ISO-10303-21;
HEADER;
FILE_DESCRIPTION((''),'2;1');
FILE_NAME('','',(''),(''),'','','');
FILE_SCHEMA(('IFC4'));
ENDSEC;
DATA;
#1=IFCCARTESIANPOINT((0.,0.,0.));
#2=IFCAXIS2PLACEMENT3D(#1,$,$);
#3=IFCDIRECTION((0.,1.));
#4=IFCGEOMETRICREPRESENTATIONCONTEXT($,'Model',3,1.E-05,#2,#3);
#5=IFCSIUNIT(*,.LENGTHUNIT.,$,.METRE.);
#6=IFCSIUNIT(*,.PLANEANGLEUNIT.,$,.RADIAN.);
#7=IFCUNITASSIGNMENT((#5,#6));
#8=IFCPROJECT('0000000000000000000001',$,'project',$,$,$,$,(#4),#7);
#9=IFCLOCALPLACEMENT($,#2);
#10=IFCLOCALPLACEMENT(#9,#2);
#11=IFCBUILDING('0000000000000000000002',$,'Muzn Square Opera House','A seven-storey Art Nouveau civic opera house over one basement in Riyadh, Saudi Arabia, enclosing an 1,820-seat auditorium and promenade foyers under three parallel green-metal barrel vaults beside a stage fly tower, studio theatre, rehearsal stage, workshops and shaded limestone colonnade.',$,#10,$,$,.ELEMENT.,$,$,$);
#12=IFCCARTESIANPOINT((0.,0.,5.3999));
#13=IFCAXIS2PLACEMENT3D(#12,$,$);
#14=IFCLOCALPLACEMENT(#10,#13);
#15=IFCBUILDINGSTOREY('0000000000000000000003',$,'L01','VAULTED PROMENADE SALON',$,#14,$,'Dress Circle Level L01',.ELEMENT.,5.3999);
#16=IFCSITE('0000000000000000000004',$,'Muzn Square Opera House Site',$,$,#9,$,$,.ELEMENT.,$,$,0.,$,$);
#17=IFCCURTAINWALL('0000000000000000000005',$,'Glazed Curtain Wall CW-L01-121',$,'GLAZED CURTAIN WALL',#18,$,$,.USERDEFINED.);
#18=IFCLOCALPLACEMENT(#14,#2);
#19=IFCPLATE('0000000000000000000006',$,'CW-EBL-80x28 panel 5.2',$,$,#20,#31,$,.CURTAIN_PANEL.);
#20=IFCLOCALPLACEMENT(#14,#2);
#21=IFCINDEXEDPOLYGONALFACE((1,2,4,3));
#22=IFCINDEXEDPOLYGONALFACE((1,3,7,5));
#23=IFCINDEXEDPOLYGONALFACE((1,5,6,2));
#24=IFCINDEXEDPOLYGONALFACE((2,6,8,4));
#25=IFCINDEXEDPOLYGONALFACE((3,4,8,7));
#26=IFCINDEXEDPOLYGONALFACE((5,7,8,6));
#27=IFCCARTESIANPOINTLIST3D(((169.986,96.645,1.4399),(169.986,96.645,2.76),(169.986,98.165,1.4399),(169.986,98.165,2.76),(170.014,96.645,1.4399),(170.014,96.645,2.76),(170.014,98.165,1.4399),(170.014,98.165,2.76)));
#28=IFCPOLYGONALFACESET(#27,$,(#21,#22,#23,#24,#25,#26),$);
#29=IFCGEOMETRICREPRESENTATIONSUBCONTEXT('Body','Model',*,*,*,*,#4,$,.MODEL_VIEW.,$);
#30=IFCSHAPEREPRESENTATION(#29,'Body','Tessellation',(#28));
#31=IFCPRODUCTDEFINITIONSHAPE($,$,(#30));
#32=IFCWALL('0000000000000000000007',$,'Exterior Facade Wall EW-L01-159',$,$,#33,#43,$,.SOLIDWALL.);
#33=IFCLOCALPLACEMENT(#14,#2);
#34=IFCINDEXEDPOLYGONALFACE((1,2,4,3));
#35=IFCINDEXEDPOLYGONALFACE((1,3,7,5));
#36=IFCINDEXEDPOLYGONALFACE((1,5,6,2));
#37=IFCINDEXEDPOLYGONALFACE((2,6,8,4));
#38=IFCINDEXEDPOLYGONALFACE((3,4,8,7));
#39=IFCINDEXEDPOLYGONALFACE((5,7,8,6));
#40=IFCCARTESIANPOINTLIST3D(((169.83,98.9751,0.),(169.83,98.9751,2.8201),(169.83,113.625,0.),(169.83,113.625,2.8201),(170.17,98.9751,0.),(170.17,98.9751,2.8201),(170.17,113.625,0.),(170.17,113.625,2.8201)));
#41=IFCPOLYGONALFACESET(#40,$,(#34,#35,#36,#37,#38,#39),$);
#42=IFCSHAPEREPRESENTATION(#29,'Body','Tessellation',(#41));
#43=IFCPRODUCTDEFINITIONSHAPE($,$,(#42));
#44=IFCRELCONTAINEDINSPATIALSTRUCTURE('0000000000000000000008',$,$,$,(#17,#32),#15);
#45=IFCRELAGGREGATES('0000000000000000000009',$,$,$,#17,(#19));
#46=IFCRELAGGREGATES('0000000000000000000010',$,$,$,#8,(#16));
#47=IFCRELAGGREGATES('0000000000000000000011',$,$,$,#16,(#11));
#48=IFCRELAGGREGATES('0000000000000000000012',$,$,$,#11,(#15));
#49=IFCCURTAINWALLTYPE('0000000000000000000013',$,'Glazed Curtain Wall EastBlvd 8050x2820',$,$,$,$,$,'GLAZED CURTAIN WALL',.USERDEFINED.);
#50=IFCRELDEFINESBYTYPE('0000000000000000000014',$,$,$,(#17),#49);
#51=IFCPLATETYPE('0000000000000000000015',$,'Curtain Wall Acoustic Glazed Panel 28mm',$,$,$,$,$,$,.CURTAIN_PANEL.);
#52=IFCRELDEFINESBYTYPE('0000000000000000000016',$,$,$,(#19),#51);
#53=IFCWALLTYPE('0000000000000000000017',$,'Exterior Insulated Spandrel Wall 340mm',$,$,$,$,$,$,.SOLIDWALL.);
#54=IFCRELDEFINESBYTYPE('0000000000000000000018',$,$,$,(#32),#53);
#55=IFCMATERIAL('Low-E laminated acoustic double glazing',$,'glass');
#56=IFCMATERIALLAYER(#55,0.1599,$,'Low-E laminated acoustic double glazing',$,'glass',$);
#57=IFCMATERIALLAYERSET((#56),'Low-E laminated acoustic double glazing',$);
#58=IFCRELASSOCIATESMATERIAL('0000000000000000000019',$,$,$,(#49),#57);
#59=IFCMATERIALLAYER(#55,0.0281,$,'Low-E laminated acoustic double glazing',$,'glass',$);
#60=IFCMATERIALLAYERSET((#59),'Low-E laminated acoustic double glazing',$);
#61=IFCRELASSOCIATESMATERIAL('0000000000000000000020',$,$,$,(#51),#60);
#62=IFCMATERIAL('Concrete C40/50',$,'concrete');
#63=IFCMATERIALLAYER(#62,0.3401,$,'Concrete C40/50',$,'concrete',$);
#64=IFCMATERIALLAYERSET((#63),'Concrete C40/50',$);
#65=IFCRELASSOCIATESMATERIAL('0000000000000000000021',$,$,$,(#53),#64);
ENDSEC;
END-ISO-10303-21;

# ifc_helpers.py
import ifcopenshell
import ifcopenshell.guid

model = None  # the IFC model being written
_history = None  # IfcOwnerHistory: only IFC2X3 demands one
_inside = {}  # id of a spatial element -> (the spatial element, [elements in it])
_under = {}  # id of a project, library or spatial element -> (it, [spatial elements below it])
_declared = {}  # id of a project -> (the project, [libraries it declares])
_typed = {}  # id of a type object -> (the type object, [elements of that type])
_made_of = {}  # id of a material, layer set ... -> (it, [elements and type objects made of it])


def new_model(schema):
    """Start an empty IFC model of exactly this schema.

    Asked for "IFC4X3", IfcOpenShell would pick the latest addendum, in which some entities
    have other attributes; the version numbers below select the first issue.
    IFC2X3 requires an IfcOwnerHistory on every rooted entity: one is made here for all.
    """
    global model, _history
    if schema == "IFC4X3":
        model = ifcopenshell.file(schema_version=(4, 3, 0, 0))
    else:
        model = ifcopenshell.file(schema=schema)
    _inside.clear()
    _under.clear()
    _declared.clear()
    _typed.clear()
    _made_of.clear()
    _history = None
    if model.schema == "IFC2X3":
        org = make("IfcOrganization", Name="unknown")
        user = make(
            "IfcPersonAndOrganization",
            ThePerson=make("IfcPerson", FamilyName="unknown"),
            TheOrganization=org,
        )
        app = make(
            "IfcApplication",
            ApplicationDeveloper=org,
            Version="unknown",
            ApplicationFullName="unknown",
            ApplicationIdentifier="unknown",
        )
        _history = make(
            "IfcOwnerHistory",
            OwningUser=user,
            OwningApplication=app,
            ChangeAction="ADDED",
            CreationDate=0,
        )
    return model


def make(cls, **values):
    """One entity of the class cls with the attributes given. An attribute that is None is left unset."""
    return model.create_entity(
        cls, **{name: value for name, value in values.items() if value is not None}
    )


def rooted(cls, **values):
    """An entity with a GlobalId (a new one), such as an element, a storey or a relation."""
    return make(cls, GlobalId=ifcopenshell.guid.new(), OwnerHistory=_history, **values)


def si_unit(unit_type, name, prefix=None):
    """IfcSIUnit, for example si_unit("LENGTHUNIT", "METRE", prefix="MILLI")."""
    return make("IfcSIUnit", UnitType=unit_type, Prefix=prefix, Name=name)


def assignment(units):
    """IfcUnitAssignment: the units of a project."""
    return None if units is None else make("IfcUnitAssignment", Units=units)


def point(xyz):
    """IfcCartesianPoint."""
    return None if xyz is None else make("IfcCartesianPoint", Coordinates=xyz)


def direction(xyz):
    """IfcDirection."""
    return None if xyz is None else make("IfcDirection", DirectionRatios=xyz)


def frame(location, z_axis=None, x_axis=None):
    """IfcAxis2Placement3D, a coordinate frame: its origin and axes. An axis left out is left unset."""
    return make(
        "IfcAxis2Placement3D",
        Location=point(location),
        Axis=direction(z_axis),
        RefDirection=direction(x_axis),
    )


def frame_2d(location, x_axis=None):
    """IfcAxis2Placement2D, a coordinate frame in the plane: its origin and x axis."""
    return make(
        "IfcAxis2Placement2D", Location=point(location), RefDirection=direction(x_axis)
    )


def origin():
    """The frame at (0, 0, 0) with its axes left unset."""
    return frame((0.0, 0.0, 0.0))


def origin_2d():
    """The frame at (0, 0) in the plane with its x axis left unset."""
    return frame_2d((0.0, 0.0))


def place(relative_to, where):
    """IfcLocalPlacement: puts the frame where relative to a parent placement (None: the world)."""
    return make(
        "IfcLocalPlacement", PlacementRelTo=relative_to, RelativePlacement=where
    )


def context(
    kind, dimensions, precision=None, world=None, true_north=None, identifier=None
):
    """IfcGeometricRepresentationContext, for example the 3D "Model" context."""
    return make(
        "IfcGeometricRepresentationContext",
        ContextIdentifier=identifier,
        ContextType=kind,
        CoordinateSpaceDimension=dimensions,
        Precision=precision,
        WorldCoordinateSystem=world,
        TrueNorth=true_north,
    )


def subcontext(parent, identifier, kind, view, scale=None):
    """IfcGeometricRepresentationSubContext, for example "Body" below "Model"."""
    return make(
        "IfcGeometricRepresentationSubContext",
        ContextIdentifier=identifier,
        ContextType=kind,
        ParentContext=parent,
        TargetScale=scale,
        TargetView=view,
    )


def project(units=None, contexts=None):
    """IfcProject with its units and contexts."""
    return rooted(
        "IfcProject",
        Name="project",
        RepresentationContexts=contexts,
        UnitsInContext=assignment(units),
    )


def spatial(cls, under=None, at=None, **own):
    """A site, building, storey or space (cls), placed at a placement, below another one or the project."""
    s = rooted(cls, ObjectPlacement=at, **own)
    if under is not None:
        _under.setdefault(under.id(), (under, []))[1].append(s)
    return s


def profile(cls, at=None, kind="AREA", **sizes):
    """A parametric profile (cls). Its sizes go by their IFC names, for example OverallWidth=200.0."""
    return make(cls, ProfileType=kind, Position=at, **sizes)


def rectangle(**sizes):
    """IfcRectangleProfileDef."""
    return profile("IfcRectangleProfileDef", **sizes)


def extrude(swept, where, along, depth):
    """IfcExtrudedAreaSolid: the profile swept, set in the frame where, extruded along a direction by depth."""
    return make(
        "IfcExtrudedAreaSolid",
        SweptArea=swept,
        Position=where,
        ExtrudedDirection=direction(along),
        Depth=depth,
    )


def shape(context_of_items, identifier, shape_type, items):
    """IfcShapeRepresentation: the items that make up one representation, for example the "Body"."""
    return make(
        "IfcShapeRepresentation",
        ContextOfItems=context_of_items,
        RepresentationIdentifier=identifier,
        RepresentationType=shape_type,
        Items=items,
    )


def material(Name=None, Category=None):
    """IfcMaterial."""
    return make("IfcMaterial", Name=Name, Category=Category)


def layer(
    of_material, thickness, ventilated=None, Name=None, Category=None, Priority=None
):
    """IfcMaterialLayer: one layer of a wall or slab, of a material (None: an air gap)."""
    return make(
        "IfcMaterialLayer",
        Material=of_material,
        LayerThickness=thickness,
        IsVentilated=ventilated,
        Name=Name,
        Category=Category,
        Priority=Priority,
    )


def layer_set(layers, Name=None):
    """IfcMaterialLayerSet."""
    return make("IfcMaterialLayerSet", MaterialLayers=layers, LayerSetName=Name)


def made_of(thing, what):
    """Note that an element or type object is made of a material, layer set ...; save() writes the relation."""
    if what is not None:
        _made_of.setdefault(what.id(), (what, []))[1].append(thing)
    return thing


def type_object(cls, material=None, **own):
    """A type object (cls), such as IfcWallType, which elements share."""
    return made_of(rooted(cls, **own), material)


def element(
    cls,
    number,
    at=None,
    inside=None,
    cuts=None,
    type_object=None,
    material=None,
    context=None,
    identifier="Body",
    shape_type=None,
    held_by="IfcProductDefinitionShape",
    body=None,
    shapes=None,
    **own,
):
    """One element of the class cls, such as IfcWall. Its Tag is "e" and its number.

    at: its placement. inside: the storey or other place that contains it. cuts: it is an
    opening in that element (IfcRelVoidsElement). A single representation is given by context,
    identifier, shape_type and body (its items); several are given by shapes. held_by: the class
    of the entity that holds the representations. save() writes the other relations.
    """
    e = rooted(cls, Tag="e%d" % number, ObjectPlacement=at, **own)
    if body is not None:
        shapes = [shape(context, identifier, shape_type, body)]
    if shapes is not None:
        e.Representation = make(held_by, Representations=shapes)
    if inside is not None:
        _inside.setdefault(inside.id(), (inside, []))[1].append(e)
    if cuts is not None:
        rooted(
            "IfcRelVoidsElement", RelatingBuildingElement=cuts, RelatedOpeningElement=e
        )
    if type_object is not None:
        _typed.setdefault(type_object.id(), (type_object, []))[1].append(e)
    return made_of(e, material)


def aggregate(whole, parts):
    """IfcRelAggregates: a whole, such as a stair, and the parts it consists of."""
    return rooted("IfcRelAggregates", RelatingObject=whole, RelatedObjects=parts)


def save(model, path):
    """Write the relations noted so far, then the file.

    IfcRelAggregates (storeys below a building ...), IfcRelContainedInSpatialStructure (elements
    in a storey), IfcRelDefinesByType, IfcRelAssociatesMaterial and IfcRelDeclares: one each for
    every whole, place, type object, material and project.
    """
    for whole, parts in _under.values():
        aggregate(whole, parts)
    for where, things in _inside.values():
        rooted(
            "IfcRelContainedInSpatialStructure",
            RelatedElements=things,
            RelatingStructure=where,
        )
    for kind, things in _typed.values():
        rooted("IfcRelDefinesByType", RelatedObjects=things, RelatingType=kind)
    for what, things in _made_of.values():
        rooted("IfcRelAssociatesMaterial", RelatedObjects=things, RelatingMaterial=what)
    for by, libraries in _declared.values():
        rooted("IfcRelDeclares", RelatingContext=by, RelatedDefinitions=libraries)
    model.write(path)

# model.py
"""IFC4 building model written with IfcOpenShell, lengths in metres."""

from ifc_helpers import new_model, si_unit, direction, frame, frame_2d, origin, origin_2d, place, context, subcontext, project, spatial, rectangle, extrude, material, layer, layer_set, type_object, element, aggregate, save


model = new_model("IFC4")

# Units and contexts
model_context = context("Model", 3, precision=1e-05, world=origin(), true_north=direction((0.0, 1.0)))
body_context = subcontext(model_context, "Body", "Model", "MODEL_VIEW")
ifc_project = project(units=[si_unit("LENGTHUNIT", "METRE"), si_unit("PLANEANGLEUNIT", "RADIAN")], contexts=[model_context])

# Site, building, storey
site_placement = place(None, origin())
site = spatial("IfcSite", under=ifc_project, at=site_placement, Name="Muzn Square Opera House Site", CompositionType="ELEMENT", RefElevation=0.0)
building_placement = place(site_placement, origin())
building = spatial("IfcBuilding", under=site, at=building_placement, Name="Muzn Square Opera House", Description="A seven-storey Art Nouveau civic opera house over one basement in Riyadh, Saudi Arabia, enclosing an 1,820-seat auditorium and promenade foyers under three parallel green-metal barrel vaults beside a stage fly tower, studio theatre, rehearsal stage, workshops and shaded limestone colonnade.", CompositionType="ELEMENT")
storey_placement = place(building_placement, frame((0.0, 0.0, 5.3999)))
storey = spatial("IfcBuildingStorey", under=building, at=storey_placement, Name="L01", Description="VAULTED PROMENADE SALON", LongName="Dress Circle Level L01", CompositionType="ELEMENT", Elevation=5.3999)

# Curtain wall
ifc_material_1 = material(Name="Low-E laminated acoustic double glazing", Category="glass")
ifc_layer_1 = layer(ifc_material_1, 0.1599, Name="Low-E laminated acoustic double glazing", Category="glass")
ifc_layer_set_1 = layer_set([ifc_layer_1], Name="Low-E laminated acoustic double glazing")
curtain_wall_type = type_object("IfcCurtainWallType", Name="Glazed Curtain Wall EastBlvd 8050x2820", ElementType="GLAZED CURTAIN WALL", PredefinedType="USERDEFINED", material=ifc_layer_set_1)
curtain_wall_placement = place(storey_placement, origin())
curtain_wall = element("IfcCurtainWall", 1, at=curtain_wall_placement, inside=storey, type_object=curtain_wall_type, Name="Glazed Curtain Wall CW-L01-121", ObjectType="GLAZED CURTAIN WALL", PredefinedType="USERDEFINED")

# Shared definitions
ifc_material_2 = material(Name="Concrete C40/50", Category="concrete")

# Plate
ifc_layer_2 = layer(ifc_material_1, 0.0281, Name="Low-E laminated acoustic double glazing", Category="glass")
ifc_layer_set_2 = layer_set([ifc_layer_2], Name="Low-E laminated acoustic double glazing")
plate_type = type_object("IfcPlateType", Name="Curtain Wall Acoustic Glazed Panel 28mm", PredefinedType="CURTAIN_PANEL", material=ifc_layer_set_2)
plate_1_placement = place(storey_placement, frame((170.0, 97.405, 1.4399), z_axis=(0.0, 0.0, 1.0), x_axis=(0.0, 1.0, 0.0)))
plate_1 = element("IfcPlate", 2, at=plate_1_placement, type_object=plate_type, Name="CW-EBL-80x28 panel 5.2", PredefinedType="CURTAIN_PANEL", context=body_context, shape_type="SweptSolid", body=[
    extrude(rectangle(XDim=1.52, YDim=0.0281, at=origin_2d()), origin(), (0.0, 0.0, 1.0), 1.3201),
])
aggregate(curtain_wall, [plate_1])

# Wall
ifc_layer_3 = layer(ifc_material_2, 0.3401, Name="Concrete C40/50", Category="concrete")
ifc_layer_set_3 = layer_set([ifc_layer_3], Name="Concrete C40/50")
wall_type = type_object("IfcWallType", Name="Exterior Insulated Spandrel Wall 340mm", PredefinedType="SOLIDWALL", material=ifc_layer_set_3)
wall_placement = place(storey_placement, frame((170.0, 98.9751, 0.0), z_axis=(0.0, 0.0, 1.0), x_axis=(0.0, 1.0, 0.0)))
element("IfcWall", 3, at=wall_placement, inside=storey, type_object=wall_type, Name="Exterior Facade Wall EW-L01-159", PredefinedType="SOLIDWALL", context=body_context, shape_type="SweptSolid", body=[
    extrude(rectangle(XDim=14.6499, YDim=0.3401, at=frame_2d((7.325, 0.0))), origin(), (0.0, 0.0, 1.0), 2.8201),
])

save(model, "model.ifc")
